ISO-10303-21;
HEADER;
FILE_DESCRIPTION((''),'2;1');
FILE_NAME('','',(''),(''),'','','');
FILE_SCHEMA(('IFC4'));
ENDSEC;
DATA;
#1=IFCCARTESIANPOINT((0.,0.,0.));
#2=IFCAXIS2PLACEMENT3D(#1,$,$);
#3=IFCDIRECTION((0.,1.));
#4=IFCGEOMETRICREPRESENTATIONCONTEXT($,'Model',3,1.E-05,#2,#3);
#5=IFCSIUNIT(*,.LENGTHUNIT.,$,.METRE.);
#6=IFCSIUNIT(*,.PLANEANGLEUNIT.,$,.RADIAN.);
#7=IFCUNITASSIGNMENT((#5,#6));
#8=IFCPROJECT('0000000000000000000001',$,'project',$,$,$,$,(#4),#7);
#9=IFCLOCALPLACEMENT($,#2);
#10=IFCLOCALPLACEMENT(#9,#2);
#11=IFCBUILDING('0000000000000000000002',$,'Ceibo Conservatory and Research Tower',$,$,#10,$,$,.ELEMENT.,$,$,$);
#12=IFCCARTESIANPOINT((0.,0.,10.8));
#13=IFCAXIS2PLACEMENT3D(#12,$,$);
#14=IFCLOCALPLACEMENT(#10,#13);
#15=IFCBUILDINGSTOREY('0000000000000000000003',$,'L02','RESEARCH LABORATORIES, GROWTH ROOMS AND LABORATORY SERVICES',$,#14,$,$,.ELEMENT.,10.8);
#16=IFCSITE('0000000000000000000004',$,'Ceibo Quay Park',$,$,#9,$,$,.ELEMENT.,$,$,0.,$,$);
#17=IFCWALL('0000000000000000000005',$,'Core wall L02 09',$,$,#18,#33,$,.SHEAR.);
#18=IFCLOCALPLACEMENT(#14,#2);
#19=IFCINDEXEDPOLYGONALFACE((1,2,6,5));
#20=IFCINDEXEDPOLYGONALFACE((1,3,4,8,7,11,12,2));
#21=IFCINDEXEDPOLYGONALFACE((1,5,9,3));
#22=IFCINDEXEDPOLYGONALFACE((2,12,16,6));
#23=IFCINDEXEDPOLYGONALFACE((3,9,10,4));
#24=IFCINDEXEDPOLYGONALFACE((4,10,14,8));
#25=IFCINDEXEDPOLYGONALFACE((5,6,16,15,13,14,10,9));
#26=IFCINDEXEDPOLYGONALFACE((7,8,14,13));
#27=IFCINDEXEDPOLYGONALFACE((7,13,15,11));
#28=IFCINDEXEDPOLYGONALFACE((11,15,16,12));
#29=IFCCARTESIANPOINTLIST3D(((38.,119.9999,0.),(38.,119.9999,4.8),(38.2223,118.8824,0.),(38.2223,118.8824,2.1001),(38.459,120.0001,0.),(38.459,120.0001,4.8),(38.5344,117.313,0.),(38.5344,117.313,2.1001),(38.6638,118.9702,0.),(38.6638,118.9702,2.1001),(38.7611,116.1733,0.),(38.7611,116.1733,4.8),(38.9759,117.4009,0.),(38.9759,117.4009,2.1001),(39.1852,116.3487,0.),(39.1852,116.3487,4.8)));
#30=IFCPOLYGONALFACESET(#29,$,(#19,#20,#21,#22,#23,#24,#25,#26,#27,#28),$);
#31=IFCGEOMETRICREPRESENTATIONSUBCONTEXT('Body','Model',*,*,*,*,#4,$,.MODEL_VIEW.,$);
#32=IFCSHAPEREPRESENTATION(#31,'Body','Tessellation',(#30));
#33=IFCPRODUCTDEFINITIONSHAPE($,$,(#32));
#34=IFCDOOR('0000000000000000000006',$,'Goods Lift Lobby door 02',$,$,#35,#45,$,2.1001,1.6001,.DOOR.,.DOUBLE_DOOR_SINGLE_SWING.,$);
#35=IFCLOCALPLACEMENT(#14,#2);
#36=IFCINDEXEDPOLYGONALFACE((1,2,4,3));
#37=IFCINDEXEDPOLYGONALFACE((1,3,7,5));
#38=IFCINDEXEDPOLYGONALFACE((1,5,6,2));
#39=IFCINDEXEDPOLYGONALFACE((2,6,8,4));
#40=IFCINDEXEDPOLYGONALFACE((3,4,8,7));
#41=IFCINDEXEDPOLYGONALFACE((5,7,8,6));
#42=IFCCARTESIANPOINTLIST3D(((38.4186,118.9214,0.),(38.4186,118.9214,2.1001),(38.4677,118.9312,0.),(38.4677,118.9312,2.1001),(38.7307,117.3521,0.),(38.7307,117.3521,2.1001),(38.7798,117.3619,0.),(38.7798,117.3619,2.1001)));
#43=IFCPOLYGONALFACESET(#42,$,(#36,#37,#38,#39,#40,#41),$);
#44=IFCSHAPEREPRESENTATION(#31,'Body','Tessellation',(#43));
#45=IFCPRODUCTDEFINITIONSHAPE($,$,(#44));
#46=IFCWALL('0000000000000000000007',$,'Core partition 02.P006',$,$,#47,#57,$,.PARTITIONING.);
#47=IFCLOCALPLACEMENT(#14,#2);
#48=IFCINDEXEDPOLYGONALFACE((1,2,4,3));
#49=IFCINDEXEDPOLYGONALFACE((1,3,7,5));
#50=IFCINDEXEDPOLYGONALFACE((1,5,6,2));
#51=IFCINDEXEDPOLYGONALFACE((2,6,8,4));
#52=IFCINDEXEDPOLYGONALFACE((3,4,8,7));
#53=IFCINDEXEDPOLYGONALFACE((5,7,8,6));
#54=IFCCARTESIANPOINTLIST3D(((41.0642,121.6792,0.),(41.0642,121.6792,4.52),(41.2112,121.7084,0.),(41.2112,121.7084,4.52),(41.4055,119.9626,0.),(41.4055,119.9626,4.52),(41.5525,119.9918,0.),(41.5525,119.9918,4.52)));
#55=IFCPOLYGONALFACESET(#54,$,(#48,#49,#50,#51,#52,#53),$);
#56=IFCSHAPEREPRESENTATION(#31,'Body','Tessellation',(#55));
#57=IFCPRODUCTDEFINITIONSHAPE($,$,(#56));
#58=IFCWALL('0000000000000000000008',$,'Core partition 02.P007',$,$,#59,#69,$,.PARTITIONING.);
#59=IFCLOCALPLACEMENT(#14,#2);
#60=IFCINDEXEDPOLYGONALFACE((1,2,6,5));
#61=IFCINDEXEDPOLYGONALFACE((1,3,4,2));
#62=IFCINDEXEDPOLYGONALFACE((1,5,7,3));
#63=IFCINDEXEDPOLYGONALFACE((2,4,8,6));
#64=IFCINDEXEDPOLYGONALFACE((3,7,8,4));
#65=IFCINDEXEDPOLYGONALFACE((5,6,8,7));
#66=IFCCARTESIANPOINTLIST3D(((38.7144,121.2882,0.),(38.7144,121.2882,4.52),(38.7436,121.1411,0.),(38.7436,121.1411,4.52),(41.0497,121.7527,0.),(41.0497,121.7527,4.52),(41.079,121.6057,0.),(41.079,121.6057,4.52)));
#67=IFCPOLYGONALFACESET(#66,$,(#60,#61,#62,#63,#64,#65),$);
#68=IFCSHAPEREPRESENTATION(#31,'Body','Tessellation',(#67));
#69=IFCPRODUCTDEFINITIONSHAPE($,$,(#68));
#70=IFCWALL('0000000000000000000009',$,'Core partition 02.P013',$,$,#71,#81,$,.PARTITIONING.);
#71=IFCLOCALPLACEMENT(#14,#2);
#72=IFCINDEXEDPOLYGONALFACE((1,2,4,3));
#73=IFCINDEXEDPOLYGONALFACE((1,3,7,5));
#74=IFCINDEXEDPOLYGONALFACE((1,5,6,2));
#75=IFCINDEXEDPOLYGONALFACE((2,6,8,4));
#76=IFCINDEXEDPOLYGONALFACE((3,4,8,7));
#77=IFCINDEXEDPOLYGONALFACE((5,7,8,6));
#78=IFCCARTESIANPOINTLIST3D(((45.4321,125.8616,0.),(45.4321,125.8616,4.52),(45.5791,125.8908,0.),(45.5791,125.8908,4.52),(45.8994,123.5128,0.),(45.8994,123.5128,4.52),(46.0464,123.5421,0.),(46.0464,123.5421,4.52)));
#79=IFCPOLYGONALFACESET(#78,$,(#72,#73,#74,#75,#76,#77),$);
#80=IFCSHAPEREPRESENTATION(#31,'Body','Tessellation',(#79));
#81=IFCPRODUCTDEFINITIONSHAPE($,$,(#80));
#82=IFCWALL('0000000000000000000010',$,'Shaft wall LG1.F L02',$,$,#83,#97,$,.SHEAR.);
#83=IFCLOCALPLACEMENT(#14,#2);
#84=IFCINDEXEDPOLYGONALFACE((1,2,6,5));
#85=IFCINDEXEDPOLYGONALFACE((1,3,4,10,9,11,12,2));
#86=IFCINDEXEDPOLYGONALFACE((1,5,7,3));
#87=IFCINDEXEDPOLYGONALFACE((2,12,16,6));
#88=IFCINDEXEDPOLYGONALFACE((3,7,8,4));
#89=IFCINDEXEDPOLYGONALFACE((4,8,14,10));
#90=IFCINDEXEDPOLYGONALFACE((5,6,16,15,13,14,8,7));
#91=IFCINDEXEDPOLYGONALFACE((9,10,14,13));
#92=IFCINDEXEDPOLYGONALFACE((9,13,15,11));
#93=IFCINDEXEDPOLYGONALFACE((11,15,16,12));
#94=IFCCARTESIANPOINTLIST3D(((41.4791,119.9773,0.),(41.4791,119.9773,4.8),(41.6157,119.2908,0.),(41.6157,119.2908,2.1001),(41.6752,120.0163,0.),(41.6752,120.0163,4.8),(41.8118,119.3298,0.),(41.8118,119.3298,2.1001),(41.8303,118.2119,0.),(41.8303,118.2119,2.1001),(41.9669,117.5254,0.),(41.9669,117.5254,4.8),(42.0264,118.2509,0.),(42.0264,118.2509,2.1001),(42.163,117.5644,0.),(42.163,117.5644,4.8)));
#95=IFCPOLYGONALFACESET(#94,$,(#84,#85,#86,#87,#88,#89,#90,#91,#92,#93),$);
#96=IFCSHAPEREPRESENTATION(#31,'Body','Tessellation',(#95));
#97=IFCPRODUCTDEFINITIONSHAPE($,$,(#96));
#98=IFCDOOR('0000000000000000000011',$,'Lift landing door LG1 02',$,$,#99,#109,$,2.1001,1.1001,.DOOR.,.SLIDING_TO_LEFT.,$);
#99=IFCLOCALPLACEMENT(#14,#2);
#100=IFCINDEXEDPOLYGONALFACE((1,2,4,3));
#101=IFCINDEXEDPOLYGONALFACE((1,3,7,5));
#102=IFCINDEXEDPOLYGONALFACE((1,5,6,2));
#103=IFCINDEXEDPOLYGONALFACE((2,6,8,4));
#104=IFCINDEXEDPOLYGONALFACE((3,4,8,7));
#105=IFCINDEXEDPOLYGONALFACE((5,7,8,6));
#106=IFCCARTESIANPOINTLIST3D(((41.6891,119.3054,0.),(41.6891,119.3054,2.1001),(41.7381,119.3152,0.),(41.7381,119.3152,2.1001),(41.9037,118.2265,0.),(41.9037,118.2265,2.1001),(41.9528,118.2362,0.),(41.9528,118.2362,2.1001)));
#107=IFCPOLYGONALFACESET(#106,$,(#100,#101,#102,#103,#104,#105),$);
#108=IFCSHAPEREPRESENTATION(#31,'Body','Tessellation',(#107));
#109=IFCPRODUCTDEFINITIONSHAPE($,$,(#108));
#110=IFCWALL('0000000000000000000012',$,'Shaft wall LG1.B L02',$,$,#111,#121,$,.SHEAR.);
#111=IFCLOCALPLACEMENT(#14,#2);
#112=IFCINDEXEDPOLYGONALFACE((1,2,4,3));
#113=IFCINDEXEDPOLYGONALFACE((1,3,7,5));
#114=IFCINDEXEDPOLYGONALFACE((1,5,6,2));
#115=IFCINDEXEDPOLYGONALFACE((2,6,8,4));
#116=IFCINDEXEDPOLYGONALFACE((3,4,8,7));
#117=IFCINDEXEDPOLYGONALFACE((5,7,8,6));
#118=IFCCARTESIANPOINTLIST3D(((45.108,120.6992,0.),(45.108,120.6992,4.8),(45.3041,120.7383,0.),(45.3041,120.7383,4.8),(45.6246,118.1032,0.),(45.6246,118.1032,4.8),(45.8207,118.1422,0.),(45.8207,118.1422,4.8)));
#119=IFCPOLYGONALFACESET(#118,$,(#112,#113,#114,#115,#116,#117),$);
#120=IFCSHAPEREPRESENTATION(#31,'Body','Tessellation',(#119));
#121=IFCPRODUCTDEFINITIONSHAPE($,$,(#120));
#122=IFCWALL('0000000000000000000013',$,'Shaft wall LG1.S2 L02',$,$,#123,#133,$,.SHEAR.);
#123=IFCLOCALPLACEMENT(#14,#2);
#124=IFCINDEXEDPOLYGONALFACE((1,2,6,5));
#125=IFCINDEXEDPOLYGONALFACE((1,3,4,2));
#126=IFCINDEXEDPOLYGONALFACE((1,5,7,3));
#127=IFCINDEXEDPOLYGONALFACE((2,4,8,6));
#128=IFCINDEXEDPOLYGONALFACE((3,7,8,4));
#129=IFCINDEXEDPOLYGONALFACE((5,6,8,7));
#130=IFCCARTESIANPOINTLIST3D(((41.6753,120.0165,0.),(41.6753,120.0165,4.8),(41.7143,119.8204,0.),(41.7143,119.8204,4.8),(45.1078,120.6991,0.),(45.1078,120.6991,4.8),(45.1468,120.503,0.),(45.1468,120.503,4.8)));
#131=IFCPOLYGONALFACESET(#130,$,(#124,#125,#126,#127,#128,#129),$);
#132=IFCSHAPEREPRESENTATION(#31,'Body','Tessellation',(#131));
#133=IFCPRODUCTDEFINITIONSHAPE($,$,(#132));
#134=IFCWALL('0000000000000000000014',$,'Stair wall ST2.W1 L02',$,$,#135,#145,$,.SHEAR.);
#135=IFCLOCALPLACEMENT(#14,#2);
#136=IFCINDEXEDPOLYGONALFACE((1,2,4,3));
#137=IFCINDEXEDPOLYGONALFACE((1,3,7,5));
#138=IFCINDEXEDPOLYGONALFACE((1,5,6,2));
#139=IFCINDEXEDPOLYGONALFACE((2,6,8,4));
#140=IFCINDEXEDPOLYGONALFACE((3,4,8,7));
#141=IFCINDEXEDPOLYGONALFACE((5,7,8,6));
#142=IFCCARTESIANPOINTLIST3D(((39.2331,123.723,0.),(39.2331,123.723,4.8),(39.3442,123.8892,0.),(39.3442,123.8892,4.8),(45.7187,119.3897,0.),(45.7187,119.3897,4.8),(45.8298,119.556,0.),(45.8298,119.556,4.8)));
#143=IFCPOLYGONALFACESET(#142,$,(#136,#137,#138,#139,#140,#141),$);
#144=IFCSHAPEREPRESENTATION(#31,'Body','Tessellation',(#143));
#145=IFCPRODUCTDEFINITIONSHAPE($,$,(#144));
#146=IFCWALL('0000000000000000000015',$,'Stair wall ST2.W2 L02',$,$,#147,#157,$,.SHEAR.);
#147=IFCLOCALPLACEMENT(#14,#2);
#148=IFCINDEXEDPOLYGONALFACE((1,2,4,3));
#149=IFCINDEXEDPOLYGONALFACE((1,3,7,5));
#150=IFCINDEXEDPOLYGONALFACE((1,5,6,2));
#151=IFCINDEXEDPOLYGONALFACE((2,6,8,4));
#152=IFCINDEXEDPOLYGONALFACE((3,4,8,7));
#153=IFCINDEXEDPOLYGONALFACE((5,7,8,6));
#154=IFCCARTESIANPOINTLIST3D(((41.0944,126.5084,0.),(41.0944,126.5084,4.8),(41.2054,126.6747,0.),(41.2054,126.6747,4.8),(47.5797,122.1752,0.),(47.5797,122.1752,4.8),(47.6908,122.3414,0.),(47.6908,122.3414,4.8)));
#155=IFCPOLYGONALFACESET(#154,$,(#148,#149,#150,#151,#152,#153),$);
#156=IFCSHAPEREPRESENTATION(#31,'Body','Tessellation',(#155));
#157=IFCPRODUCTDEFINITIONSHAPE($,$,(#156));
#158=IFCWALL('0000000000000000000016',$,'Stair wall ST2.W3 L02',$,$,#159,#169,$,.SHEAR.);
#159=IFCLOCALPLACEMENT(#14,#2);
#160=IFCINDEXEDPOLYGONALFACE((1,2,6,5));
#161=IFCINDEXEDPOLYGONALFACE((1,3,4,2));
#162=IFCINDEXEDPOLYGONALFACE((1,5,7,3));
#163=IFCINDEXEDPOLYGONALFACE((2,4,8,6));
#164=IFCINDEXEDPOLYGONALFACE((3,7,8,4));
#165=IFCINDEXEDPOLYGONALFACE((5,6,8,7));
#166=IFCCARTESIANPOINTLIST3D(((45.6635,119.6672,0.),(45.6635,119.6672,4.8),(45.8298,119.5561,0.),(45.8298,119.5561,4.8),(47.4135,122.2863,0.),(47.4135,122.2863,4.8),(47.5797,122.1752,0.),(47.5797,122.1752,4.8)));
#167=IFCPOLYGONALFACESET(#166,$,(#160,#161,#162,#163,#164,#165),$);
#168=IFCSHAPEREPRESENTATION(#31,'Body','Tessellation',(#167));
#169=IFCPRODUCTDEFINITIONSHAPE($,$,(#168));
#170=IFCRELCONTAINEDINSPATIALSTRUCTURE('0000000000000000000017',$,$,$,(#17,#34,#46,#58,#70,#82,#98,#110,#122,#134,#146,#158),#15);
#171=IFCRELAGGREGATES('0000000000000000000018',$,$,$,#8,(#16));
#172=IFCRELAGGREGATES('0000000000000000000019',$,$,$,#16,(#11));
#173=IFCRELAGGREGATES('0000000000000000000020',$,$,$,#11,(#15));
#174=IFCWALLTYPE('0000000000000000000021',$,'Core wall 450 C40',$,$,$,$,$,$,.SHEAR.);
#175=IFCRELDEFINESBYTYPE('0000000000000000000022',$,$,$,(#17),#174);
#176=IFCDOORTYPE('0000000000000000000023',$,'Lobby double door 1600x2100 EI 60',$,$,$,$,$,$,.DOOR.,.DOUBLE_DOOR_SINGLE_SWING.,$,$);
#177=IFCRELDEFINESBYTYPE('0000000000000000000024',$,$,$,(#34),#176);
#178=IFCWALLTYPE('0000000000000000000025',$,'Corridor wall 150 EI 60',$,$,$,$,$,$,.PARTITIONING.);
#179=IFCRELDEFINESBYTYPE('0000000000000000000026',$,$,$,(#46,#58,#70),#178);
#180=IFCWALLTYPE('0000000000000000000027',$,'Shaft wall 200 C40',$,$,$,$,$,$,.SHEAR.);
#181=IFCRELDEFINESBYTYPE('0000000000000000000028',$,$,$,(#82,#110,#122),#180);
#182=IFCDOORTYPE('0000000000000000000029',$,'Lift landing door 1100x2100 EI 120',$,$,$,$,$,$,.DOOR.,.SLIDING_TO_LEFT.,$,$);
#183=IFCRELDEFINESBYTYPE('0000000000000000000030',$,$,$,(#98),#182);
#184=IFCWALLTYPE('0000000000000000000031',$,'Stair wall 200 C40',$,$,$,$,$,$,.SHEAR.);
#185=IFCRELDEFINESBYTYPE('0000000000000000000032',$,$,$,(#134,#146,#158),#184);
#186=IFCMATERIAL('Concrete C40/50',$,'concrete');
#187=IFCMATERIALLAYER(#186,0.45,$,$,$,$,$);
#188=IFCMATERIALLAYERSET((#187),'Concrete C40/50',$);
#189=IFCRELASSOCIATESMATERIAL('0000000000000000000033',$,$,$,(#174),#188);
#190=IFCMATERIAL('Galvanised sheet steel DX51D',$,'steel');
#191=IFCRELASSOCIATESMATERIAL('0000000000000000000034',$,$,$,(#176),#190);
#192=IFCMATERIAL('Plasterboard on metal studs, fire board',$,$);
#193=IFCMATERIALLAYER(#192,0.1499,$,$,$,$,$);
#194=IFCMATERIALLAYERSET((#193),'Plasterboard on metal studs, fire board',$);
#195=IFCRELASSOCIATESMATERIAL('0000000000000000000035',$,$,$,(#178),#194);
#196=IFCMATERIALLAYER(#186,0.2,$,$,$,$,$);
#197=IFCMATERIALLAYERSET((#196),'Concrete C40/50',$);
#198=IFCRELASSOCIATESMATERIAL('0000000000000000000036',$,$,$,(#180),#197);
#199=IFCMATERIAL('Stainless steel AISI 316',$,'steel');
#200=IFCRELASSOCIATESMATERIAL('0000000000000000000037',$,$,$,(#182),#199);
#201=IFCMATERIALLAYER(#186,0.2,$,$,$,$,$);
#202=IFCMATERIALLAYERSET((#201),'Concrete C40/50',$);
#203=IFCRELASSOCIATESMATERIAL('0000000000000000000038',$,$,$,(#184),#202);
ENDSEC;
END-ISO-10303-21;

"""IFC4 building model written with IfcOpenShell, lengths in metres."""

from ifc_helpers import new_model, si_unit, direction, frame, frame_2d, origin, place, context, subcontext, project, spatial, polyline, rectangle, outline, extrude, material, layer, layer_set, type_object, element, fill, save


model = new_model("IFC4")

# Units and contexts
model_context = context("Model", 3, precision=1e-05, world=origin(), true_north=direction((0.0, 1.0)))
body_context = subcontext(model_context, "Body", "Model", "MODEL_VIEW")
ifc_project = project(units=[si_unit("LENGTHUNIT", "METRE"), si_unit("PLANEANGLEUNIT", "RADIAN")], contexts=[model_context])

# Site, building, storey
site_placement = place(None, origin())
site = spatial("IfcSite", under=ifc_project, at=site_placement, Name="Ceibo Quay Park", CompositionType="ELEMENT", RefElevation=0.0)
building_placement = place(site_placement, origin())
building = spatial("IfcBuilding", under=site, at=building_placement, Name="Ceibo Conservatory and Research Tower", CompositionType="ELEMENT")
storey_placement = place(building_placement, frame((0.0, 0.0, 10.8)))
storey = spatial("IfcBuildingStorey", under=building, at=storey_placement, Name="L02", Description="RESEARCH LABORATORIES, GROWTH ROOMS AND LABORATORY SERVICES", CompositionType="ELEMENT", Elevation=10.8)

# Wall, opening, door
ifc_material_1 = material(Name="Concrete C40/50", Category="concrete")
ifc_layer_1 = layer(ifc_material_1, 0.45)
ifc_layer_set_1 = layer_set([ifc_layer_1], Name="Concrete C40/50")
wall_type_1 = type_object("IfcWallType", Name="Core wall 450 C40", PredefinedType="SHEAR", material=ifc_layer_set_1)
ifc_material_2 = material(Name="Galvanised sheet steel DX51D", Category="steel")
wall_1_placement = place(storey_placement, frame((38.2295, 120.0, 0.0), z_axis=(0.0, 0.0, 1.0), x_axis=(0.195069, -0.980789, 0.0)))
wall_1 = element("IfcWall", 1, at=wall_1_placement, inside=storey, type_object=wall_type_1, Name="Core wall L02 09", PredefinedType="SHEAR", context=body_context, shape_type="SweptSolid", body=[
    extrude(outline(polyline([(-0.0447, -0.2251), (3.8569, -0.2251), (3.7676, 0.2251), (0.0447, 0.2251), (-0.0447, -0.2251)])), origin(), (0.0, 0.0, 1.0), 4.8),
])
opening_1_placement = place(wall_1_placement, frame((1.0947, 0.0, 0.0)))
opening_1 = element("IfcOpeningElement", 2, at=opening_1_placement, cuts=wall_1, PredefinedType="OPENING", context=body_context, shape_type="SweptSolid", body=[
    extrude(rectangle(XDim=1.6001, YDim=2.1001, at=frame_2d((0.8, 1.05))), frame((0.0, 0.2349, 0.0), z_axis=(0.0, -1.0, 0.0), x_axis=(1.0, 0.0, 0.0)), (0.0, 0.0, 1.0), 0.47),
])
door_type_1 = type_object("IfcDoorType", Name="Lobby double door 1600x2100 EI 60", OperationType="DOUBLE_DOOR_SINGLE_SWING", PredefinedType="DOOR", material=ifc_material_2)
door_1_placement = place(opening_1_placement, frame((1.6001, 0.0, 0.0), z_axis=(0.0, 0.0, 1.0), x_axis=(-1.0, 0.0, 0.0)))
door_1 = element("IfcDoor", 3, at=door_1_placement, inside=storey, type_object=door_type_1, Name="Goods Lift Lobby door 02", OperationType="DOUBLE_DOOR_SINGLE_SWING", OverallHeight=2.1001, OverallWidth=1.6001, PredefinedType="DOOR", context=body_context, shape_type="SweptSolid", body=[
    extrude(rectangle(XDim=1.6001, YDim=2.1001, at=frame_2d((0.8, 1.05))), frame((0.0, 0.0249, 0.0), z_axis=(0.0, -1.0, 0.0), x_axis=(1.0, 0.0, 0.0)), (0.0, 0.0, 1.0), 0.05),
])
fill(opening_1, door_1)

# Walls
ifc_material_3 = material(Name="Plasterboard on metal studs, fire board")
ifc_layer_2 = layer(ifc_material_3, 0.1499)
ifc_layer_set_2 = layer_set([ifc_layer_2], Name="Plasterboard on metal studs, fire board")
wall_type_2 = type_object("IfcWallType", Name="Corridor wall 150 EI 60", PredefinedType="PARTITIONING", material=ifc_layer_set_2)
wall_2_placement = place(storey_placement, frame((41.479, 119.9773, 0.0), z_axis=(0.0, 0.0, 1.0), x_axis=(-0.195016, 0.9808, 0.0)))
element("IfcWall", 4, at=wall_2_placement, inside=storey, type_object=wall_type_2, Name="Core partition 02.P006", PredefinedType="PARTITIONING", context=body_context, shape_type="SweptSolid", body=[
    extrude(rectangle(XDim=1.7502, YDim=0.1499, at=frame_2d((0.875, 0.0))), origin(), (0.0, 0.0, 1.0), 4.52),
])
wall_3_placement = place(storey_placement, frame((41.0642, 121.6792, 0.0), z_axis=(0.0, 0.0, 1.0), x_axis=(-0.980781, -0.19511, 0.0)))
element("IfcWall", 5, at=wall_3_placement, inside=storey, type_object=wall_type_2, Name="Core partition 02.P007", PredefinedType="PARTITIONING", context=body_context, shape_type="SweptSolid", body=[
    extrude(rectangle(XDim=2.3811, YDim=0.1499, at=frame_2d((1.1904, 0.0))), origin(), (0.0, 0.0, 1.0), 4.52),
])
wall_4_placement = place(storey_placement, frame((45.9729, 123.5276, 0.0), z_axis=(0.0, 0.0, 1.0), x_axis=(-0.195136, 0.980776, 0.0)))
element("IfcWall", 6, at=wall_4_placement, inside=storey, type_object=wall_type_2, Name="Core partition 02.P013", PredefinedType="PARTITIONING", context=body_context, shape_type="SweptSolid", body=[
    extrude(rectangle(XDim=2.3948, YDim=0.1499, at=frame_2d((1.1973, 0.0))), origin(), (0.0, 0.0, 1.0), 4.52),
])

# Wall, opening, door
ifc_layer_3 = layer(ifc_material_1, 0.2)
ifc_layer_set_3 = layer_set([ifc_layer_3], Name="Concrete C40/50")
wall_type_3 = type_object("IfcWallType", Name="Shaft wall 200 C40", PredefinedType="SHEAR", material=ifc_layer_set_3)
wall_5_placement = place(storey_placement, frame((41.5771, 119.9968, 0.0), z_axis=(0.0, 0.0, 1.0), x_axis=(0.195121, -0.980779, 0.0)))
wall_5 = element("IfcWall", 7, at=wall_5_placement, inside=storey, type_object=wall_type_3, Name="Shaft wall LG1.F L02", PredefinedType="SHEAR", context=body_context, shape_type="SweptSolid", body=[
    extrude(rectangle(XDim=2.5, YDim=0.2, at=frame_2d((1.25, 0.0))), origin(), (0.0, 0.0, 1.0), 4.8),
])
opening_2_placement = place(wall_5_placement, frame((0.7, 0.0, 0.0)))
opening_2 = element("IfcOpeningElement", 8, at=opening_2_placement, cuts=wall_5, PredefinedType="OPENING", context=body_context, shape_type="SweptSolid", body=[
    extrude(rectangle(XDim=1.1001, YDim=2.1001, at=frame_2d((0.55, 1.05))), frame((0.0, 0.1099, 0.0), z_axis=(0.0, -1.0, 0.0), x_axis=(1.0, 0.0, 0.0)), (0.0, 0.0, 1.0), 0.22),
])
ifc_material_4 = material(Name="Stainless steel AISI 316", Category="steel")
door_type_2 = type_object("IfcDoorType", Name="Lift landing door 1100x2100 EI 120", OperationType="SLIDING_TO_LEFT", PredefinedType="DOOR", material=ifc_material_4)
door_2_placement = place(opening_2_placement, origin())
door_2 = element("IfcDoor", 9, at=door_2_placement, inside=storey, type_object=door_type_2, Name="Lift landing door LG1 02", OperationType="SLIDING_TO_LEFT", OverallHeight=2.1001, OverallWidth=1.1001, PredefinedType="DOOR", context=body_context, shape_type="SweptSolid", body=[
    extrude(rectangle(XDim=1.1001, YDim=2.1001, at=frame_2d((0.55, 1.05))), frame((0.0, 0.0249, 0.0), z_axis=(0.0, -1.0, 0.0), x_axis=(1.0, 0.0, 0.0)), (0.0, 0.0, 1.0), 0.05),
])
fill(opening_2, door_2)

# Walls
wall_6_placement = place(storey_placement, frame((45.2061, 120.7188, 0.0), z_axis=(0.0, 0.0, 1.0), x_axis=(0.195158, -0.980772, 0.0)))
element("IfcWall", 10, at=wall_6_placement, inside=storey, type_object=wall_type_3, Name="Shaft wall LG1.B L02", PredefinedType="SHEAR", context=body_context, shape_type="SweptSolid", body=[
    extrude(rectangle(XDim=2.647, YDim=0.2, at=frame_2d((1.3235, 0.0))), origin(), (0.0, 0.0, 1.0), 4.8),
])
wall_7_placement = place(storey_placement, frame((45.1274, 120.6011, 0.0), z_axis=(0.0, 0.0, 1.0), x_axis=(-0.980795, -0.195043, 0.0)))
element("IfcWall", 11, at=wall_7_placement, inside=storey, type_object=wall_type_3, Name="Shaft wall LG1.S2 L02", PredefinedType="SHEAR", context=body_context, shape_type="SweptSolid", body=[
    extrude(rectangle(XDim=3.4998, YDim=0.2, at=frame_2d((1.75, 0.0))), origin(), (0.0, 0.0, 1.0), 4.8),
])
ifc_layer_4 = layer(ifc_material_1, 0.2)
ifc_layer_set_4 = layer_set([ifc_layer_4], Name="Concrete C40/50")
wall_type_4 = type_object("IfcWallType", Name="Stair wall 200 C40", PredefinedType="SHEAR", material=ifc_layer_set_4)
wall_8_placement = place(storey_placement, frame((45.7742, 119.4729, 0.0), z_axis=(0.0, 0.0, 1.0), x_axis=(-0.831486, 0.555545, 0.0)))
element("IfcWall", 12, at=wall_8_placement, inside=storey, type_object=wall_type_4, Name="Stair wall ST2.W1 L02", PredefinedType="SHEAR", context=body_context, shape_type="SweptSolid", body=[
    extrude(rectangle(XDim=7.8, YDim=0.2, at=frame_2d((3.8999, 0.0))), origin(), (0.0, 0.0, 1.0), 4.8),
])
wall_9_placement = place(storey_placement, frame((47.6353, 122.2583, 0.0), z_axis=(0.0, 0.0, 1.0), x_axis=(-0.831477, 0.555559, 0.0)))
element("IfcWall", 13, at=wall_9_placement, inside=storey, type_object=wall_type_4, Name="Stair wall ST2.W2 L02", PredefinedType="SHEAR", context=body_context, shape_type="SweptSolid", body=[
    extrude(rectangle(XDim=7.7998, YDim=0.2, at=frame_2d((3.8999, 0.0))), origin(), (0.0, 0.0, 1.0), 4.8),
])
wall_10_placement = place(storey_placement, frame((47.4966, 122.2307, 0.0), z_axis=(0.0, 0.0, 1.0), x_axis=(-0.555558, -0.831478, 0.0)))
element("IfcWall", 14, at=wall_10_placement, inside=storey, type_object=wall_type_4, Name="Stair wall ST2.W3 L02", PredefinedType="SHEAR", context=body_context, shape_type="SweptSolid", body=[
    extrude(rectangle(XDim=3.1499, YDim=0.2, at=frame_2d((1.575, 0.0))), origin(), (0.0, 0.0, 1.0), 4.8),
])

save(model, "model.ifc")
